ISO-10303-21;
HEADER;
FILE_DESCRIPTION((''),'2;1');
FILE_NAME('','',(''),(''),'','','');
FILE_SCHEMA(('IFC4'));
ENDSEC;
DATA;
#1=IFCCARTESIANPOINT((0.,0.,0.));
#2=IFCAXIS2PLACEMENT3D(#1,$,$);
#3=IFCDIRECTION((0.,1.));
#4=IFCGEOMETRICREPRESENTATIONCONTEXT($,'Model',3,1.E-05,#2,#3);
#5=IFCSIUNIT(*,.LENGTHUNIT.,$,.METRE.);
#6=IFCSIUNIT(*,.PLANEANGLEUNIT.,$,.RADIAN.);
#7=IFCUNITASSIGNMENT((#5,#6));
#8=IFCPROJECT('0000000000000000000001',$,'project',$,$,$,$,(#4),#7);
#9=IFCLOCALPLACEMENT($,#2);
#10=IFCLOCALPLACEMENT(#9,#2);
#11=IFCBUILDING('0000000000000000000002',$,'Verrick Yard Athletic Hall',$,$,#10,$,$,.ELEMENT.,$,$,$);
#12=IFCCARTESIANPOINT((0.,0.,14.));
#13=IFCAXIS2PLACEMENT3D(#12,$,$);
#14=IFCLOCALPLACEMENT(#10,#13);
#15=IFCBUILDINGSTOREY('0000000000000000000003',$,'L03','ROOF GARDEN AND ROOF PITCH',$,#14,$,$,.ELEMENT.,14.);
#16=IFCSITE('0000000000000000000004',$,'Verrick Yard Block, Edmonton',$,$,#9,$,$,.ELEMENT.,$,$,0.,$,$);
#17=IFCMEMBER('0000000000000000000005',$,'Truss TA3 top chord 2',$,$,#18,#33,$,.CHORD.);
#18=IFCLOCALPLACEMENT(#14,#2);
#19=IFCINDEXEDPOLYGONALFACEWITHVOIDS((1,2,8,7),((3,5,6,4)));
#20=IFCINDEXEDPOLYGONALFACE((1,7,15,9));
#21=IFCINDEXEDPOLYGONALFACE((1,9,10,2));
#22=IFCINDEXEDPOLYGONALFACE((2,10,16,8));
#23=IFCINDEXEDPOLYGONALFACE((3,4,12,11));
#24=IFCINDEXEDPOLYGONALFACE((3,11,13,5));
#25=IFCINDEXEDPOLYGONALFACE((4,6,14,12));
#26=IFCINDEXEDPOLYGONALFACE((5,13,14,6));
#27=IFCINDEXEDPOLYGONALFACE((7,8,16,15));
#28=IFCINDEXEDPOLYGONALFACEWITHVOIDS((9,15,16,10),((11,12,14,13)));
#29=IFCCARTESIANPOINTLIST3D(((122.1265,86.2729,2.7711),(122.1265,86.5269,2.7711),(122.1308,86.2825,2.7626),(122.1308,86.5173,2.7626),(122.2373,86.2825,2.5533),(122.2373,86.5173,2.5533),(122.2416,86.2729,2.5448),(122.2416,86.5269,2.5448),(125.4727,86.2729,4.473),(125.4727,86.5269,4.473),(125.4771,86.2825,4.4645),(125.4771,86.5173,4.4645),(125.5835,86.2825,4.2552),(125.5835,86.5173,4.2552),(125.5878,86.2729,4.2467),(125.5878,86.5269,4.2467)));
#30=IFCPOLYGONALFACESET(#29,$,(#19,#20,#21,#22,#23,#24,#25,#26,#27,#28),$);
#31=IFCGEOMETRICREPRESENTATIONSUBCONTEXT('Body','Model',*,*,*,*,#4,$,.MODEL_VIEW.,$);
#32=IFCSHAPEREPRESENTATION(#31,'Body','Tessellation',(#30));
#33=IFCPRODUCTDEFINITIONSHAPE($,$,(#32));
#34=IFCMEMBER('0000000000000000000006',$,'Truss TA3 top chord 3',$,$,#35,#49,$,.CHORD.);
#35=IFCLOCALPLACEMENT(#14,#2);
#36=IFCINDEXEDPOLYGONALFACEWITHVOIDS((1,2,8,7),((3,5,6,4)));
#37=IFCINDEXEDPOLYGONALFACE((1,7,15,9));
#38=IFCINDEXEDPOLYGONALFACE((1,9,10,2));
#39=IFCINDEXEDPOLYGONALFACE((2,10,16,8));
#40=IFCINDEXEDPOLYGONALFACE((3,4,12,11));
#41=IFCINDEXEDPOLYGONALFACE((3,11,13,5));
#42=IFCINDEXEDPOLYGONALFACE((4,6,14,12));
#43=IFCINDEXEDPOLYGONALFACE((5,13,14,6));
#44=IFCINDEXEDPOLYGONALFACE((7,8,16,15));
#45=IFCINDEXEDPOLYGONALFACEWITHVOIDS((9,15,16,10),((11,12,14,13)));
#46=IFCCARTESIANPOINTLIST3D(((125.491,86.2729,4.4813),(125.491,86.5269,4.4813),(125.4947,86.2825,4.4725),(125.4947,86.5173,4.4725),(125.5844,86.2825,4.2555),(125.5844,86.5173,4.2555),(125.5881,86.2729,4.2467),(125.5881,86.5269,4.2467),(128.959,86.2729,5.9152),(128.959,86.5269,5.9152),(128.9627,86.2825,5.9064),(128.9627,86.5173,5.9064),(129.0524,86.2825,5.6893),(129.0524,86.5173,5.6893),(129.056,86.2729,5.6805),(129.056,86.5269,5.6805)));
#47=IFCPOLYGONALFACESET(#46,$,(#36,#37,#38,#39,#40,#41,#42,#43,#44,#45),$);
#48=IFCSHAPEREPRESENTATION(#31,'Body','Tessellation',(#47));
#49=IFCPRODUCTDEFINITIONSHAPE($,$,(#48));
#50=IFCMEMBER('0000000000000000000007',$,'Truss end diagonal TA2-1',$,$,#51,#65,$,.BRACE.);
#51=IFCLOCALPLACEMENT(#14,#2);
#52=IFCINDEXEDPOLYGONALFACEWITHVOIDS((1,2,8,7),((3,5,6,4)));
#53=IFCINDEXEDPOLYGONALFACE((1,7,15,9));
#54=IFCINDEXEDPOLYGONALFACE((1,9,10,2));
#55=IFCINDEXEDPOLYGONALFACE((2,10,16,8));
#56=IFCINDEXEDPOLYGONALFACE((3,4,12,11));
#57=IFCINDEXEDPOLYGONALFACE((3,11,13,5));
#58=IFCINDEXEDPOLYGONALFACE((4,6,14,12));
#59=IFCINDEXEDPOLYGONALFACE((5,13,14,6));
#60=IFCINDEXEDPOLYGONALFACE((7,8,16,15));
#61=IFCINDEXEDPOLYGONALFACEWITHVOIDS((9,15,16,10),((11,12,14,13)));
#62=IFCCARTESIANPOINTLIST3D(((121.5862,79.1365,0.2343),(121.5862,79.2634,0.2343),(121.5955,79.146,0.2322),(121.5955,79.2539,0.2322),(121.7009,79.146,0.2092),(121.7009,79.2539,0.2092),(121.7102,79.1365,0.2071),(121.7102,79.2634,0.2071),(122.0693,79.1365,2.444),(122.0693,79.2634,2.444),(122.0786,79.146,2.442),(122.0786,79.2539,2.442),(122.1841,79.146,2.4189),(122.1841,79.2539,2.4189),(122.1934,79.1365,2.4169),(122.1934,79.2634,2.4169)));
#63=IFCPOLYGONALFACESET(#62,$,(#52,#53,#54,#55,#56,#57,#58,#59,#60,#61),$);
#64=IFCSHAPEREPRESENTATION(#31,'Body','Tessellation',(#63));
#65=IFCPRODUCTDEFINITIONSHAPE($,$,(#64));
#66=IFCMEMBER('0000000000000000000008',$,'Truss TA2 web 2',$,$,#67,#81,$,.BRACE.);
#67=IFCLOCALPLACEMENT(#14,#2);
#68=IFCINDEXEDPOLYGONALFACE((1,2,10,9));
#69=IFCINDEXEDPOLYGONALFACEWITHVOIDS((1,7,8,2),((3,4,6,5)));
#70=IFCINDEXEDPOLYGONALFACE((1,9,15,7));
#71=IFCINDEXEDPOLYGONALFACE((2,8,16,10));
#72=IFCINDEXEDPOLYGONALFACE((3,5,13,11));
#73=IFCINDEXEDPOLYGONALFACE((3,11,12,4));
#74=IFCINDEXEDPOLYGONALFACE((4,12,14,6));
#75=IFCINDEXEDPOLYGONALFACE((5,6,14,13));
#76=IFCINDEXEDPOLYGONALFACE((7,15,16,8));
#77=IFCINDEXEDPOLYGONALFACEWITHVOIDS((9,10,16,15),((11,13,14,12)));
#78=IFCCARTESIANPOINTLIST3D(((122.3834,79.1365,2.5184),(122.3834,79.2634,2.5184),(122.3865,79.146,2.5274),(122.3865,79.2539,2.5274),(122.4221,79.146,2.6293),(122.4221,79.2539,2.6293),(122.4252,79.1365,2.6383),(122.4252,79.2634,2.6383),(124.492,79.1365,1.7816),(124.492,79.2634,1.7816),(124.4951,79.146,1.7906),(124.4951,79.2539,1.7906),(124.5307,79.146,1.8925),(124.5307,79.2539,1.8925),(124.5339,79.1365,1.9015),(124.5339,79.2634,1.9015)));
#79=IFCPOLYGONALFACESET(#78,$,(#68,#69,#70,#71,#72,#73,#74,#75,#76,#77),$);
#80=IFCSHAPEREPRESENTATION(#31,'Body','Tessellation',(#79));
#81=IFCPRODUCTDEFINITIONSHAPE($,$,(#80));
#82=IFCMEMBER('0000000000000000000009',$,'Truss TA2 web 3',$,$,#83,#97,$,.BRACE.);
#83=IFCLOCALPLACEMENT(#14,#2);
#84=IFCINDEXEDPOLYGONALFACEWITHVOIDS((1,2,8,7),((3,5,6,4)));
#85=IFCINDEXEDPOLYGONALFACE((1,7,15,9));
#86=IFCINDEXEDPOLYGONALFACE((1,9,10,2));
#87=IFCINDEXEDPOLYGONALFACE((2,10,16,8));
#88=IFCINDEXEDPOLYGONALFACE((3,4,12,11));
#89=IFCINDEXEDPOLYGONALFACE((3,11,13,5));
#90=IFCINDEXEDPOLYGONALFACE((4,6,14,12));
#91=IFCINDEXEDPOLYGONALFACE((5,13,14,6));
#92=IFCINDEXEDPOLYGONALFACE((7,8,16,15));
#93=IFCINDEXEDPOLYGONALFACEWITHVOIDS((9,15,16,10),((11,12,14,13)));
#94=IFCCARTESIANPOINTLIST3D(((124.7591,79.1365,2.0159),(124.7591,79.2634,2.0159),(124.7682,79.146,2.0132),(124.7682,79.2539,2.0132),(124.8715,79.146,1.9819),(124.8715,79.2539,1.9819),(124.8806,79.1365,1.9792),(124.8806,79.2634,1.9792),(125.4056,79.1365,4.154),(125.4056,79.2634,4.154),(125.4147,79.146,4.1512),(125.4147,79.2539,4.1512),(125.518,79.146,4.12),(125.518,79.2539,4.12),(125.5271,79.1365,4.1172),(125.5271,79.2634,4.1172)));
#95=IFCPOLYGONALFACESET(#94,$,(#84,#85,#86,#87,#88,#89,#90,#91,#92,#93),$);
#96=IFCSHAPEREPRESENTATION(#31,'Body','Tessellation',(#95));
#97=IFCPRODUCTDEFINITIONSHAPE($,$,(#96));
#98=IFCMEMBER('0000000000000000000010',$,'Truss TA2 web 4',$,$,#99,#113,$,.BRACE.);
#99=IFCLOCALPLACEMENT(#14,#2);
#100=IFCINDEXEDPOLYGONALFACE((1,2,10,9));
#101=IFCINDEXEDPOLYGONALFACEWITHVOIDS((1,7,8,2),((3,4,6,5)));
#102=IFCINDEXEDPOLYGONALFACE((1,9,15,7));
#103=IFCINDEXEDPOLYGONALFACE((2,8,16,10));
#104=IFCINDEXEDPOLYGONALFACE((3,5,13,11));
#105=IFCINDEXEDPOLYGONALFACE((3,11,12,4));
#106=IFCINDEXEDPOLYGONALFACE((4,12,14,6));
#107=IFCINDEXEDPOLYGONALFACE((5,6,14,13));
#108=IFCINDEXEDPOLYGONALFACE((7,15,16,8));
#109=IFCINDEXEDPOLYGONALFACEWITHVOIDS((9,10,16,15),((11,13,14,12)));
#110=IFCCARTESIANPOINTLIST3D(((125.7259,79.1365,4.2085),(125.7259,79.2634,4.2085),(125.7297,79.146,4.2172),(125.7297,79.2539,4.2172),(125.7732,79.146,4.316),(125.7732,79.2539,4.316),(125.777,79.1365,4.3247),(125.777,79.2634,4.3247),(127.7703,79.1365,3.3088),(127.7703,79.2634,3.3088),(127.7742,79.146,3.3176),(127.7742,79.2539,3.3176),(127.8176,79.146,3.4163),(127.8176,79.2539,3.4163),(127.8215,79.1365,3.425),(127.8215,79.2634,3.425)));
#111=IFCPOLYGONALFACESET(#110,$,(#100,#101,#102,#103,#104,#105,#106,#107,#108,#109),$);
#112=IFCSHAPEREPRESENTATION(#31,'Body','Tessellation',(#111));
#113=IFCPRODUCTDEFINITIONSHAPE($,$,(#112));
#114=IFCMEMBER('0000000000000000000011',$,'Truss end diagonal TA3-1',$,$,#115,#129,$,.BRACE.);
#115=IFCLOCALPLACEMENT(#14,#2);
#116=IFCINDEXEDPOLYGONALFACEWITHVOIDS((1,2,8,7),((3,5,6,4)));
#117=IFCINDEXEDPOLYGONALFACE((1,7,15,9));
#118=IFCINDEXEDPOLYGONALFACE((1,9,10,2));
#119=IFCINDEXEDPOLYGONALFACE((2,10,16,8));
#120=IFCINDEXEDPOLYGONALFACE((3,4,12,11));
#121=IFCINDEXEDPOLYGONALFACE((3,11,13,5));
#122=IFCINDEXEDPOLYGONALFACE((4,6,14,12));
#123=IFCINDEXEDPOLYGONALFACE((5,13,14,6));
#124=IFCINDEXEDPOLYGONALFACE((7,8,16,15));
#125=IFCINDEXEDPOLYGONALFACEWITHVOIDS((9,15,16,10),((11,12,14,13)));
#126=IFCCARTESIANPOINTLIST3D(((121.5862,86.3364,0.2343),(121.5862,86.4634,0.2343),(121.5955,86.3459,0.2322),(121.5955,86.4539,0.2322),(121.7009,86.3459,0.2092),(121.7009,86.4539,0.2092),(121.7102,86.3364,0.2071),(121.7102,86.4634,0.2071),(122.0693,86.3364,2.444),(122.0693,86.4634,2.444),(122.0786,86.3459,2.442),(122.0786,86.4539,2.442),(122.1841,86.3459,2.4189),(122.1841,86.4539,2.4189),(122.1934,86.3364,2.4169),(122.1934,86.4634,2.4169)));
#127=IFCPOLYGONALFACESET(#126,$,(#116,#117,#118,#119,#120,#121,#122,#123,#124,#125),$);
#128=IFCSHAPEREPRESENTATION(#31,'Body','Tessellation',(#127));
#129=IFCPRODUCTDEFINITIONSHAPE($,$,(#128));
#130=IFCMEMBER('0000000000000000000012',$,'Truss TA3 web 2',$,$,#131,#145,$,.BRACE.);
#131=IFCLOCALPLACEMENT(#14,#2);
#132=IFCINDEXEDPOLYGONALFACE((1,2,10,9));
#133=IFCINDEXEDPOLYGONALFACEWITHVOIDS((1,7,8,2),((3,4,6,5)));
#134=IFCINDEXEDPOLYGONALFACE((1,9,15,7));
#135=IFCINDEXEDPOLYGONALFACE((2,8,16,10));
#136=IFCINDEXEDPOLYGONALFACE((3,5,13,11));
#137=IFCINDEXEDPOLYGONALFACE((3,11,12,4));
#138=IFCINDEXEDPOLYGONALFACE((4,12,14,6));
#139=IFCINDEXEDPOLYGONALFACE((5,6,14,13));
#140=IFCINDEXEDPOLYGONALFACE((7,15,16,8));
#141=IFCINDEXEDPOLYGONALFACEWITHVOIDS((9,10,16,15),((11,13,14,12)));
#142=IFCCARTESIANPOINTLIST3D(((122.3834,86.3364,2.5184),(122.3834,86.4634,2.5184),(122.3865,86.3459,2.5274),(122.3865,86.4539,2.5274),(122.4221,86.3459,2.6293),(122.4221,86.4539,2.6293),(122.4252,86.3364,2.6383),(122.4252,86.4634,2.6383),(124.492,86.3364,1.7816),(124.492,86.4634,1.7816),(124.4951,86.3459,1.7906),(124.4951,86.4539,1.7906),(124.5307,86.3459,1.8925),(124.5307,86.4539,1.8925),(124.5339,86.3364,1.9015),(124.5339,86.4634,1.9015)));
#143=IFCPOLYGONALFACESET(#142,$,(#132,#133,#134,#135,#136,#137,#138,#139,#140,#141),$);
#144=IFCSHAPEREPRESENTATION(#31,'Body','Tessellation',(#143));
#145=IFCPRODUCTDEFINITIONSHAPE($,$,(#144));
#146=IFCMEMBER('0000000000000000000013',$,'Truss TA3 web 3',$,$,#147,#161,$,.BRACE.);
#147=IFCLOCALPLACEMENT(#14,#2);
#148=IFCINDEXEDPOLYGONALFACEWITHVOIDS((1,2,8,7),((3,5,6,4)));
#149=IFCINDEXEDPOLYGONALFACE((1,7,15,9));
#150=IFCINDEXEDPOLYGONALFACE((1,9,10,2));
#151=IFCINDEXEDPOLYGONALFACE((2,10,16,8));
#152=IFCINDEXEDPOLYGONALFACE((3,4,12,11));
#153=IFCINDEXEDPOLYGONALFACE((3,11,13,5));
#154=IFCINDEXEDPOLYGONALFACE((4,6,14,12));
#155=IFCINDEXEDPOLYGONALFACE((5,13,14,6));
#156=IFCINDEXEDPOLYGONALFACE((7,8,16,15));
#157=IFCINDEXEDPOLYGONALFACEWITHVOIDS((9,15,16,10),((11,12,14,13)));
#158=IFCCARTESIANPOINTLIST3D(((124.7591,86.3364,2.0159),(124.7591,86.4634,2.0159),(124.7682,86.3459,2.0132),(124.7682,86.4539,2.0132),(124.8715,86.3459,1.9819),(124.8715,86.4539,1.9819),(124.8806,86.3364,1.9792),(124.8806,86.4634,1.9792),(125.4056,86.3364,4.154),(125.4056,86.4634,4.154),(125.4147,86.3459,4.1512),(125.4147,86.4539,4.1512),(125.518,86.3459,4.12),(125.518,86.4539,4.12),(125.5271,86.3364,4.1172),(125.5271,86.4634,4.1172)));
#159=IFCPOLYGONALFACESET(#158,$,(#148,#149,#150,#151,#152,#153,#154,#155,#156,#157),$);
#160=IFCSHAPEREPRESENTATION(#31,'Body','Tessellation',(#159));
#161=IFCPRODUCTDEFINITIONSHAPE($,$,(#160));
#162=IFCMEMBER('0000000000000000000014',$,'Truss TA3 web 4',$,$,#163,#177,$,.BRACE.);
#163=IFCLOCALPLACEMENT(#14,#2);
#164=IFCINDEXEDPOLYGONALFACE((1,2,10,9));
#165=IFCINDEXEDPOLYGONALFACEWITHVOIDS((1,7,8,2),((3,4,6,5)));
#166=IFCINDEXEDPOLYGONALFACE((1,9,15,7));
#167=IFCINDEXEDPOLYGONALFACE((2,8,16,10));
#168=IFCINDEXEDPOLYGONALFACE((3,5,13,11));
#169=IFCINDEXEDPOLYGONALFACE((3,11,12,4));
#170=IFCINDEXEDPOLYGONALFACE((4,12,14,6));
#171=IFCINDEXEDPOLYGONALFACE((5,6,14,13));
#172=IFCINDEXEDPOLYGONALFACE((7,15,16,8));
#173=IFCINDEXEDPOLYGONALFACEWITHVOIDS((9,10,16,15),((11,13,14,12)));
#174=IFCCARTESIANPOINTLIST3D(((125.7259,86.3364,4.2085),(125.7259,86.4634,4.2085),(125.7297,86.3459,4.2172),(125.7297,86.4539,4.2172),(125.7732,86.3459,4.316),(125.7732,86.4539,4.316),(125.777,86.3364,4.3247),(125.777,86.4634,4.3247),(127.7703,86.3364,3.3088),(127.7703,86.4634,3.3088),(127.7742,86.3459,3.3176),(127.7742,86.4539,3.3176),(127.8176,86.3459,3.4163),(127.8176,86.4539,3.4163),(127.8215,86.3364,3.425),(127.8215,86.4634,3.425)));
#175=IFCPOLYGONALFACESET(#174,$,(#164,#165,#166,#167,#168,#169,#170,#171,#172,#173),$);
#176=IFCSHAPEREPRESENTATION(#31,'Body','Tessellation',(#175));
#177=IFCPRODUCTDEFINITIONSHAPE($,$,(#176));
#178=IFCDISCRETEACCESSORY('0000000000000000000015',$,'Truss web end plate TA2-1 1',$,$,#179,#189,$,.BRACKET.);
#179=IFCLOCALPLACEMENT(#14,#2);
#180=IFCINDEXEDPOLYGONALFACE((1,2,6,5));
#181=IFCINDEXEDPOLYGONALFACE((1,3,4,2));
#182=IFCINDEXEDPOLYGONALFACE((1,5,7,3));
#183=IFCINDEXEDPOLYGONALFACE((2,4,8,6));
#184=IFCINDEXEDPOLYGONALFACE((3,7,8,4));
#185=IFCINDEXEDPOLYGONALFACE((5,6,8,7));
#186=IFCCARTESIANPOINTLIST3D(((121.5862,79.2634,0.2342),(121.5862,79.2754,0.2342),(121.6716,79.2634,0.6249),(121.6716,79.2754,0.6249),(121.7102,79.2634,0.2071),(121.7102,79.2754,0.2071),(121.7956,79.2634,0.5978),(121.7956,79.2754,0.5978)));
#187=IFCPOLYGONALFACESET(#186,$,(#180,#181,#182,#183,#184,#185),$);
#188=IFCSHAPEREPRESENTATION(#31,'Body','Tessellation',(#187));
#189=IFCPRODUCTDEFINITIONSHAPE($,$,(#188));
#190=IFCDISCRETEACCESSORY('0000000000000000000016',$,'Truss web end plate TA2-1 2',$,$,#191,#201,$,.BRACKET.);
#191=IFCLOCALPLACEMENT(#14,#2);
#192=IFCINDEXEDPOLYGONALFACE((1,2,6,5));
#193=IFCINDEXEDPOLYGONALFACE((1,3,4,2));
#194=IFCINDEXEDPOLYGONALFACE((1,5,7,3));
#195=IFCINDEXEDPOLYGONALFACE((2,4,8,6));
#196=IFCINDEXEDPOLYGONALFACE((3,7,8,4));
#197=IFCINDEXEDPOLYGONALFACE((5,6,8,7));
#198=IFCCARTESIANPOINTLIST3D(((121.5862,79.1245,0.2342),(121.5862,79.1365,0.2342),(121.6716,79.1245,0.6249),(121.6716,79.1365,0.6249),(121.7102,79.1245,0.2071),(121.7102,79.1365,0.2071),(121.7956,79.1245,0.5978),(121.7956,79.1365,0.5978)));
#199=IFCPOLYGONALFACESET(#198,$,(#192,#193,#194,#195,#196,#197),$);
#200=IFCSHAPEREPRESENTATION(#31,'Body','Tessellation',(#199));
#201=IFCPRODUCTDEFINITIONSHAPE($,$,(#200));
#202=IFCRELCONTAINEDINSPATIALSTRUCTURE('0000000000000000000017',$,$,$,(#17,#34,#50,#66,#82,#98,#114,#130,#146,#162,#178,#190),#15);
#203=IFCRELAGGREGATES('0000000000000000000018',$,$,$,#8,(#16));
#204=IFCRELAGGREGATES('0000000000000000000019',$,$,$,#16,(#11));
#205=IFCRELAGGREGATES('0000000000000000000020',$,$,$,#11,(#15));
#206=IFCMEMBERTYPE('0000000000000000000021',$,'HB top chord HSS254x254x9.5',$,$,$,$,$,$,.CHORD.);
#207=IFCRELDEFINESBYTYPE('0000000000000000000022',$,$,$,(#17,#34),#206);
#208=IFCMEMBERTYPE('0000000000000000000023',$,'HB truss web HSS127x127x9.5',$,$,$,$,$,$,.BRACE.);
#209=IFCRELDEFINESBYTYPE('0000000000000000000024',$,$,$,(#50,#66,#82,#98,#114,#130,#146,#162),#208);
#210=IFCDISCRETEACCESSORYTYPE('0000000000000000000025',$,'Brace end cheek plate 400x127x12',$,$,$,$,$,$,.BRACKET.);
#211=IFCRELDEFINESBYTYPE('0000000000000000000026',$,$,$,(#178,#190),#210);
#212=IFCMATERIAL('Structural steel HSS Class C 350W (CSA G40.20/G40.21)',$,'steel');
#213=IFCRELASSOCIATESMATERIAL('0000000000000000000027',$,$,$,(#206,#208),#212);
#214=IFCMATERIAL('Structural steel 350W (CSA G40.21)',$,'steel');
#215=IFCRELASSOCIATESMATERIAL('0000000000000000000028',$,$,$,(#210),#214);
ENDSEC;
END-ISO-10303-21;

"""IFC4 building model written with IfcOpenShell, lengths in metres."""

from ifc_helpers import new_model, si_unit, direction, frame, origin, origin_2d, place, context, subcontext, project, spatial, rectangle, hollow_rectangle, extrude, material, material_profile, profile_set, type_object, element, save


model = new_model("IFC4")

# Units and contexts
model_context = context("Model", 3, precision=1e-05, world=origin(), true_north=direction((0.0, 1.0)))
body_context = subcontext(model_context, "Body", "Model", "MODEL_VIEW")
ifc_project = project(units=[si_unit("LENGTHUNIT", "METRE"), si_unit("PLANEANGLEUNIT", "RADIAN")], contexts=[model_context])

# Site, building, storey
site_placement = place(None, origin())
site = spatial("IfcSite", under=ifc_project, at=site_placement, Name="Verrick Yard Block, Edmonton", CompositionType="ELEMENT", RefElevation=0.0)
building_placement = place(site_placement, origin())
building = spatial("IfcBuilding", under=site, at=building_placement, Name="Verrick Yard Athletic Hall", CompositionType="ELEMENT")
storey_placement = place(building_placement, frame((0.0, 0.0, 14.0)))
storey = spatial("IfcBuildingStorey", under=building, at=storey_placement, Name="L03", Description="ROOF GARDEN AND ROOF PITCH", CompositionType="ELEMENT", Elevation=14.0)

# Members
ifc_material_1 = material(Name="Structural steel HSS Class C 350W (CSA G40.20/G40.21)", Category="steel")
ifc_material_profile_1 = material_profile(ifc_material_1, hollow_rectangle(XDim=0.2539, YDim=0.2539, WallThickness=0.0095, at=origin_2d()), Name="HSS254x254x9.5")
ifc_profile_set_1 = profile_set([ifc_material_profile_1], Name="Structural steel HSS Class C 350W (CSA G40.20/G40.21)")
member_type_1 = type_object("IfcMemberType", Name="HB top chord HSS254x254x9.5", PredefinedType="CHORD", material=ifc_profile_set_1)
member_1_placement = place(storey_placement, frame((122.1841, 86.3999, 2.658), z_axis=(0.891337, 0.0, 0.453342), x_axis=(0.0, 1.0, 0.0)))
element("IfcMember", 1, at=member_1_placement, inside=storey, type_object=member_type_1, Name="Truss TA3 top chord 2", PredefinedType="CHORD", context=body_context, shape_type="SweptSolid", body=[
    extrude(hollow_rectangle(XDim=0.2539, YDim=0.2539, WallThickness=0.0095, at=origin_2d()), origin(), (0.0, 0.0, 1.0), 3.7542),
])
member_2_placement = place(storey_placement, frame((125.5396, 86.3999, 4.364), z_axis=(0.92413, 0.0, 0.382078), x_axis=(0.0, 1.0, 0.0)))
element("IfcMember", 2, at=member_2_placement, inside=storey, type_object=member_type_1, Name="Truss TA3 top chord 3", PredefinedType="CHORD", context=body_context, shape_type="SweptSolid", body=[
    extrude(hollow_rectangle(XDim=0.2539, YDim=0.2539, WallThickness=0.0095, at=origin_2d()), origin(), (0.0, 0.0, 1.0), 3.7527),
])
ifc_material_profile_2 = material_profile(ifc_material_1, hollow_rectangle(XDim=0.127, YDim=0.127, WallThickness=0.0095, at=origin_2d()), Name="HSS127x127x9.5")
ifc_profile_set_2 = profile_set([ifc_material_profile_2], Name="Structural steel HSS Class C 350W (CSA G40.20/G40.21)")
member_type_2 = type_object("IfcMemberType", Name="HB truss web HSS127x127x9.5", PredefinedType="BRACE", material=ifc_profile_set_2)
member_3_placement = place(storey_placement, frame((121.6482, 79.2, 0.2207), z_axis=(0.213604, 0.0, 0.97692), x_axis=(0.0, 1.0, 0.0)))
element("IfcMember", 3, at=member_3_placement, inside=storey, type_object=member_type_2, Name="Truss end diagonal TA2-1", PredefinedType="BRACE", context=body_context, shape_type="SweptSolid", body=[
    extrude(hollow_rectangle(XDim=0.127, YDim=0.127, WallThickness=0.0095, at=origin_2d()), origin(), (0.0, 0.0, 1.0), 2.262),
])
for number, where, z_axis, x_axis, name in (
    (4, (122.4043, 79.2, 2.5784), (0.944027, 0.0, -0.329868), (0.0, 1.0, 0.0), "Truss TA2 web 2"),
    (5, (124.8198, 79.2, 1.9976), (0.289443, 0.0, 0.957195), (0.0, 1.0, 0.0), "Truss TA2 web 3"),
    (6, (125.7515, 79.2, 4.2666), (0.915297, 0.0, -0.402779), (0.0, 1.0, 0.0), "Truss TA2 web 4"),
):
    element("IfcMember", number, at=place(storey_placement, frame(where, z_axis=z_axis, x_axis=x_axis)), inside=storey, type_object=member_type_2, Name=name, PredefinedType="BRACE", context=body_context, shape_type="SweptSolid", body=[
        extrude(hollow_rectangle(XDim=0.127, YDim=0.127, WallThickness=0.0095, at=origin_2d()), origin(), (0.0, 0.0, 1.0), 2.2336),
    ])
member_4_placement = place(storey_placement, frame((121.6482, 86.3999, 0.2207), z_axis=(0.213604, 0.0, 0.97692), x_axis=(0.0, 1.0, 0.0)))
element("IfcMember", 7, at=member_4_placement, inside=storey, type_object=member_type_2, Name="Truss end diagonal TA3-1", PredefinedType="BRACE", context=body_context, shape_type="SweptSolid", body=[
    extrude(hollow_rectangle(XDim=0.127, YDim=0.127, WallThickness=0.0095, at=origin_2d()), origin(), (0.0, 0.0, 1.0), 2.262),
])
for number, where, z_axis, x_axis, name in (
    (8, (122.4043, 86.3999, 2.5784), (0.944027, 0.0, -0.329868), (0.0, 1.0, 0.0), "Truss TA3 web 2"),
    (9, (124.8198, 86.3999, 1.9976), (0.289443, 0.0, 0.957195), (0.0, 1.0, 0.0), "Truss TA3 web 3"),
    (10, (125.7515, 86.3999, 4.2666), (0.915297, 0.0, -0.402779), (0.0, 1.0, 0.0), "Truss TA3 web 4"),
):
    element("IfcMember", number, at=place(storey_placement, frame(where, z_axis=z_axis, x_axis=x_axis)), inside=storey, type_object=member_type_2, Name=name, PredefinedType="BRACE", context=body_context, shape_type="SweptSolid", body=[
        extrude(hollow_rectangle(XDim=0.127, YDim=0.127, WallThickness=0.0095, at=origin_2d()), origin(), (0.0, 0.0, 1.0), 2.2336),
    ])

# Discrete accessories
ifc_material_2 = material(Name="Structural steel 350W (CSA G40.21)", Category="steel")
ifc_material_profile_3 = material_profile(ifc_material_2, rectangle(XDim=0.3999, YDim=0.127, at=origin_2d()), Name="Brace end cheek plate")
ifc_profile_set_3 = profile_set([ifc_material_profile_3], Name="Structural steel 350W (CSA G40.21)")
discrete_accessory_type_1 = type_object("IfcDiscreteAccessoryType", Name="Brace end cheek plate 400x127x12", PredefinedType="BRACKET", material=ifc_profile_set_3)
for number, where, z_axis, x_axis, name in (
    (11, (121.6909, 79.2634, 0.416), (0.0, 1.0, 0.0), (0.213605, 0.0, 0.97692), "Truss web end plate TA2-1 1"),
    (12, (121.6909, 79.1365, 0.416), (0.0, -1.0, 0.0), (0.213605, 0.0, 0.97692), "Truss web end plate TA2-1 2"),
):
    element("IfcDiscreteAccessory", number, at=place(storey_placement, frame(where, z_axis=z_axis, x_axis=x_axis)), inside=storey, type_object=discrete_accessory_type_1, Name=name, PredefinedType="BRACKET", context=body_context, shape_type="SweptSolid", body=[
        extrude(rectangle(XDim=0.3999, YDim=0.127, at=origin_2d()), origin(), (0.0, 0.0, 1.0), 0.012),
    ])

save(model, "model.ifc")
